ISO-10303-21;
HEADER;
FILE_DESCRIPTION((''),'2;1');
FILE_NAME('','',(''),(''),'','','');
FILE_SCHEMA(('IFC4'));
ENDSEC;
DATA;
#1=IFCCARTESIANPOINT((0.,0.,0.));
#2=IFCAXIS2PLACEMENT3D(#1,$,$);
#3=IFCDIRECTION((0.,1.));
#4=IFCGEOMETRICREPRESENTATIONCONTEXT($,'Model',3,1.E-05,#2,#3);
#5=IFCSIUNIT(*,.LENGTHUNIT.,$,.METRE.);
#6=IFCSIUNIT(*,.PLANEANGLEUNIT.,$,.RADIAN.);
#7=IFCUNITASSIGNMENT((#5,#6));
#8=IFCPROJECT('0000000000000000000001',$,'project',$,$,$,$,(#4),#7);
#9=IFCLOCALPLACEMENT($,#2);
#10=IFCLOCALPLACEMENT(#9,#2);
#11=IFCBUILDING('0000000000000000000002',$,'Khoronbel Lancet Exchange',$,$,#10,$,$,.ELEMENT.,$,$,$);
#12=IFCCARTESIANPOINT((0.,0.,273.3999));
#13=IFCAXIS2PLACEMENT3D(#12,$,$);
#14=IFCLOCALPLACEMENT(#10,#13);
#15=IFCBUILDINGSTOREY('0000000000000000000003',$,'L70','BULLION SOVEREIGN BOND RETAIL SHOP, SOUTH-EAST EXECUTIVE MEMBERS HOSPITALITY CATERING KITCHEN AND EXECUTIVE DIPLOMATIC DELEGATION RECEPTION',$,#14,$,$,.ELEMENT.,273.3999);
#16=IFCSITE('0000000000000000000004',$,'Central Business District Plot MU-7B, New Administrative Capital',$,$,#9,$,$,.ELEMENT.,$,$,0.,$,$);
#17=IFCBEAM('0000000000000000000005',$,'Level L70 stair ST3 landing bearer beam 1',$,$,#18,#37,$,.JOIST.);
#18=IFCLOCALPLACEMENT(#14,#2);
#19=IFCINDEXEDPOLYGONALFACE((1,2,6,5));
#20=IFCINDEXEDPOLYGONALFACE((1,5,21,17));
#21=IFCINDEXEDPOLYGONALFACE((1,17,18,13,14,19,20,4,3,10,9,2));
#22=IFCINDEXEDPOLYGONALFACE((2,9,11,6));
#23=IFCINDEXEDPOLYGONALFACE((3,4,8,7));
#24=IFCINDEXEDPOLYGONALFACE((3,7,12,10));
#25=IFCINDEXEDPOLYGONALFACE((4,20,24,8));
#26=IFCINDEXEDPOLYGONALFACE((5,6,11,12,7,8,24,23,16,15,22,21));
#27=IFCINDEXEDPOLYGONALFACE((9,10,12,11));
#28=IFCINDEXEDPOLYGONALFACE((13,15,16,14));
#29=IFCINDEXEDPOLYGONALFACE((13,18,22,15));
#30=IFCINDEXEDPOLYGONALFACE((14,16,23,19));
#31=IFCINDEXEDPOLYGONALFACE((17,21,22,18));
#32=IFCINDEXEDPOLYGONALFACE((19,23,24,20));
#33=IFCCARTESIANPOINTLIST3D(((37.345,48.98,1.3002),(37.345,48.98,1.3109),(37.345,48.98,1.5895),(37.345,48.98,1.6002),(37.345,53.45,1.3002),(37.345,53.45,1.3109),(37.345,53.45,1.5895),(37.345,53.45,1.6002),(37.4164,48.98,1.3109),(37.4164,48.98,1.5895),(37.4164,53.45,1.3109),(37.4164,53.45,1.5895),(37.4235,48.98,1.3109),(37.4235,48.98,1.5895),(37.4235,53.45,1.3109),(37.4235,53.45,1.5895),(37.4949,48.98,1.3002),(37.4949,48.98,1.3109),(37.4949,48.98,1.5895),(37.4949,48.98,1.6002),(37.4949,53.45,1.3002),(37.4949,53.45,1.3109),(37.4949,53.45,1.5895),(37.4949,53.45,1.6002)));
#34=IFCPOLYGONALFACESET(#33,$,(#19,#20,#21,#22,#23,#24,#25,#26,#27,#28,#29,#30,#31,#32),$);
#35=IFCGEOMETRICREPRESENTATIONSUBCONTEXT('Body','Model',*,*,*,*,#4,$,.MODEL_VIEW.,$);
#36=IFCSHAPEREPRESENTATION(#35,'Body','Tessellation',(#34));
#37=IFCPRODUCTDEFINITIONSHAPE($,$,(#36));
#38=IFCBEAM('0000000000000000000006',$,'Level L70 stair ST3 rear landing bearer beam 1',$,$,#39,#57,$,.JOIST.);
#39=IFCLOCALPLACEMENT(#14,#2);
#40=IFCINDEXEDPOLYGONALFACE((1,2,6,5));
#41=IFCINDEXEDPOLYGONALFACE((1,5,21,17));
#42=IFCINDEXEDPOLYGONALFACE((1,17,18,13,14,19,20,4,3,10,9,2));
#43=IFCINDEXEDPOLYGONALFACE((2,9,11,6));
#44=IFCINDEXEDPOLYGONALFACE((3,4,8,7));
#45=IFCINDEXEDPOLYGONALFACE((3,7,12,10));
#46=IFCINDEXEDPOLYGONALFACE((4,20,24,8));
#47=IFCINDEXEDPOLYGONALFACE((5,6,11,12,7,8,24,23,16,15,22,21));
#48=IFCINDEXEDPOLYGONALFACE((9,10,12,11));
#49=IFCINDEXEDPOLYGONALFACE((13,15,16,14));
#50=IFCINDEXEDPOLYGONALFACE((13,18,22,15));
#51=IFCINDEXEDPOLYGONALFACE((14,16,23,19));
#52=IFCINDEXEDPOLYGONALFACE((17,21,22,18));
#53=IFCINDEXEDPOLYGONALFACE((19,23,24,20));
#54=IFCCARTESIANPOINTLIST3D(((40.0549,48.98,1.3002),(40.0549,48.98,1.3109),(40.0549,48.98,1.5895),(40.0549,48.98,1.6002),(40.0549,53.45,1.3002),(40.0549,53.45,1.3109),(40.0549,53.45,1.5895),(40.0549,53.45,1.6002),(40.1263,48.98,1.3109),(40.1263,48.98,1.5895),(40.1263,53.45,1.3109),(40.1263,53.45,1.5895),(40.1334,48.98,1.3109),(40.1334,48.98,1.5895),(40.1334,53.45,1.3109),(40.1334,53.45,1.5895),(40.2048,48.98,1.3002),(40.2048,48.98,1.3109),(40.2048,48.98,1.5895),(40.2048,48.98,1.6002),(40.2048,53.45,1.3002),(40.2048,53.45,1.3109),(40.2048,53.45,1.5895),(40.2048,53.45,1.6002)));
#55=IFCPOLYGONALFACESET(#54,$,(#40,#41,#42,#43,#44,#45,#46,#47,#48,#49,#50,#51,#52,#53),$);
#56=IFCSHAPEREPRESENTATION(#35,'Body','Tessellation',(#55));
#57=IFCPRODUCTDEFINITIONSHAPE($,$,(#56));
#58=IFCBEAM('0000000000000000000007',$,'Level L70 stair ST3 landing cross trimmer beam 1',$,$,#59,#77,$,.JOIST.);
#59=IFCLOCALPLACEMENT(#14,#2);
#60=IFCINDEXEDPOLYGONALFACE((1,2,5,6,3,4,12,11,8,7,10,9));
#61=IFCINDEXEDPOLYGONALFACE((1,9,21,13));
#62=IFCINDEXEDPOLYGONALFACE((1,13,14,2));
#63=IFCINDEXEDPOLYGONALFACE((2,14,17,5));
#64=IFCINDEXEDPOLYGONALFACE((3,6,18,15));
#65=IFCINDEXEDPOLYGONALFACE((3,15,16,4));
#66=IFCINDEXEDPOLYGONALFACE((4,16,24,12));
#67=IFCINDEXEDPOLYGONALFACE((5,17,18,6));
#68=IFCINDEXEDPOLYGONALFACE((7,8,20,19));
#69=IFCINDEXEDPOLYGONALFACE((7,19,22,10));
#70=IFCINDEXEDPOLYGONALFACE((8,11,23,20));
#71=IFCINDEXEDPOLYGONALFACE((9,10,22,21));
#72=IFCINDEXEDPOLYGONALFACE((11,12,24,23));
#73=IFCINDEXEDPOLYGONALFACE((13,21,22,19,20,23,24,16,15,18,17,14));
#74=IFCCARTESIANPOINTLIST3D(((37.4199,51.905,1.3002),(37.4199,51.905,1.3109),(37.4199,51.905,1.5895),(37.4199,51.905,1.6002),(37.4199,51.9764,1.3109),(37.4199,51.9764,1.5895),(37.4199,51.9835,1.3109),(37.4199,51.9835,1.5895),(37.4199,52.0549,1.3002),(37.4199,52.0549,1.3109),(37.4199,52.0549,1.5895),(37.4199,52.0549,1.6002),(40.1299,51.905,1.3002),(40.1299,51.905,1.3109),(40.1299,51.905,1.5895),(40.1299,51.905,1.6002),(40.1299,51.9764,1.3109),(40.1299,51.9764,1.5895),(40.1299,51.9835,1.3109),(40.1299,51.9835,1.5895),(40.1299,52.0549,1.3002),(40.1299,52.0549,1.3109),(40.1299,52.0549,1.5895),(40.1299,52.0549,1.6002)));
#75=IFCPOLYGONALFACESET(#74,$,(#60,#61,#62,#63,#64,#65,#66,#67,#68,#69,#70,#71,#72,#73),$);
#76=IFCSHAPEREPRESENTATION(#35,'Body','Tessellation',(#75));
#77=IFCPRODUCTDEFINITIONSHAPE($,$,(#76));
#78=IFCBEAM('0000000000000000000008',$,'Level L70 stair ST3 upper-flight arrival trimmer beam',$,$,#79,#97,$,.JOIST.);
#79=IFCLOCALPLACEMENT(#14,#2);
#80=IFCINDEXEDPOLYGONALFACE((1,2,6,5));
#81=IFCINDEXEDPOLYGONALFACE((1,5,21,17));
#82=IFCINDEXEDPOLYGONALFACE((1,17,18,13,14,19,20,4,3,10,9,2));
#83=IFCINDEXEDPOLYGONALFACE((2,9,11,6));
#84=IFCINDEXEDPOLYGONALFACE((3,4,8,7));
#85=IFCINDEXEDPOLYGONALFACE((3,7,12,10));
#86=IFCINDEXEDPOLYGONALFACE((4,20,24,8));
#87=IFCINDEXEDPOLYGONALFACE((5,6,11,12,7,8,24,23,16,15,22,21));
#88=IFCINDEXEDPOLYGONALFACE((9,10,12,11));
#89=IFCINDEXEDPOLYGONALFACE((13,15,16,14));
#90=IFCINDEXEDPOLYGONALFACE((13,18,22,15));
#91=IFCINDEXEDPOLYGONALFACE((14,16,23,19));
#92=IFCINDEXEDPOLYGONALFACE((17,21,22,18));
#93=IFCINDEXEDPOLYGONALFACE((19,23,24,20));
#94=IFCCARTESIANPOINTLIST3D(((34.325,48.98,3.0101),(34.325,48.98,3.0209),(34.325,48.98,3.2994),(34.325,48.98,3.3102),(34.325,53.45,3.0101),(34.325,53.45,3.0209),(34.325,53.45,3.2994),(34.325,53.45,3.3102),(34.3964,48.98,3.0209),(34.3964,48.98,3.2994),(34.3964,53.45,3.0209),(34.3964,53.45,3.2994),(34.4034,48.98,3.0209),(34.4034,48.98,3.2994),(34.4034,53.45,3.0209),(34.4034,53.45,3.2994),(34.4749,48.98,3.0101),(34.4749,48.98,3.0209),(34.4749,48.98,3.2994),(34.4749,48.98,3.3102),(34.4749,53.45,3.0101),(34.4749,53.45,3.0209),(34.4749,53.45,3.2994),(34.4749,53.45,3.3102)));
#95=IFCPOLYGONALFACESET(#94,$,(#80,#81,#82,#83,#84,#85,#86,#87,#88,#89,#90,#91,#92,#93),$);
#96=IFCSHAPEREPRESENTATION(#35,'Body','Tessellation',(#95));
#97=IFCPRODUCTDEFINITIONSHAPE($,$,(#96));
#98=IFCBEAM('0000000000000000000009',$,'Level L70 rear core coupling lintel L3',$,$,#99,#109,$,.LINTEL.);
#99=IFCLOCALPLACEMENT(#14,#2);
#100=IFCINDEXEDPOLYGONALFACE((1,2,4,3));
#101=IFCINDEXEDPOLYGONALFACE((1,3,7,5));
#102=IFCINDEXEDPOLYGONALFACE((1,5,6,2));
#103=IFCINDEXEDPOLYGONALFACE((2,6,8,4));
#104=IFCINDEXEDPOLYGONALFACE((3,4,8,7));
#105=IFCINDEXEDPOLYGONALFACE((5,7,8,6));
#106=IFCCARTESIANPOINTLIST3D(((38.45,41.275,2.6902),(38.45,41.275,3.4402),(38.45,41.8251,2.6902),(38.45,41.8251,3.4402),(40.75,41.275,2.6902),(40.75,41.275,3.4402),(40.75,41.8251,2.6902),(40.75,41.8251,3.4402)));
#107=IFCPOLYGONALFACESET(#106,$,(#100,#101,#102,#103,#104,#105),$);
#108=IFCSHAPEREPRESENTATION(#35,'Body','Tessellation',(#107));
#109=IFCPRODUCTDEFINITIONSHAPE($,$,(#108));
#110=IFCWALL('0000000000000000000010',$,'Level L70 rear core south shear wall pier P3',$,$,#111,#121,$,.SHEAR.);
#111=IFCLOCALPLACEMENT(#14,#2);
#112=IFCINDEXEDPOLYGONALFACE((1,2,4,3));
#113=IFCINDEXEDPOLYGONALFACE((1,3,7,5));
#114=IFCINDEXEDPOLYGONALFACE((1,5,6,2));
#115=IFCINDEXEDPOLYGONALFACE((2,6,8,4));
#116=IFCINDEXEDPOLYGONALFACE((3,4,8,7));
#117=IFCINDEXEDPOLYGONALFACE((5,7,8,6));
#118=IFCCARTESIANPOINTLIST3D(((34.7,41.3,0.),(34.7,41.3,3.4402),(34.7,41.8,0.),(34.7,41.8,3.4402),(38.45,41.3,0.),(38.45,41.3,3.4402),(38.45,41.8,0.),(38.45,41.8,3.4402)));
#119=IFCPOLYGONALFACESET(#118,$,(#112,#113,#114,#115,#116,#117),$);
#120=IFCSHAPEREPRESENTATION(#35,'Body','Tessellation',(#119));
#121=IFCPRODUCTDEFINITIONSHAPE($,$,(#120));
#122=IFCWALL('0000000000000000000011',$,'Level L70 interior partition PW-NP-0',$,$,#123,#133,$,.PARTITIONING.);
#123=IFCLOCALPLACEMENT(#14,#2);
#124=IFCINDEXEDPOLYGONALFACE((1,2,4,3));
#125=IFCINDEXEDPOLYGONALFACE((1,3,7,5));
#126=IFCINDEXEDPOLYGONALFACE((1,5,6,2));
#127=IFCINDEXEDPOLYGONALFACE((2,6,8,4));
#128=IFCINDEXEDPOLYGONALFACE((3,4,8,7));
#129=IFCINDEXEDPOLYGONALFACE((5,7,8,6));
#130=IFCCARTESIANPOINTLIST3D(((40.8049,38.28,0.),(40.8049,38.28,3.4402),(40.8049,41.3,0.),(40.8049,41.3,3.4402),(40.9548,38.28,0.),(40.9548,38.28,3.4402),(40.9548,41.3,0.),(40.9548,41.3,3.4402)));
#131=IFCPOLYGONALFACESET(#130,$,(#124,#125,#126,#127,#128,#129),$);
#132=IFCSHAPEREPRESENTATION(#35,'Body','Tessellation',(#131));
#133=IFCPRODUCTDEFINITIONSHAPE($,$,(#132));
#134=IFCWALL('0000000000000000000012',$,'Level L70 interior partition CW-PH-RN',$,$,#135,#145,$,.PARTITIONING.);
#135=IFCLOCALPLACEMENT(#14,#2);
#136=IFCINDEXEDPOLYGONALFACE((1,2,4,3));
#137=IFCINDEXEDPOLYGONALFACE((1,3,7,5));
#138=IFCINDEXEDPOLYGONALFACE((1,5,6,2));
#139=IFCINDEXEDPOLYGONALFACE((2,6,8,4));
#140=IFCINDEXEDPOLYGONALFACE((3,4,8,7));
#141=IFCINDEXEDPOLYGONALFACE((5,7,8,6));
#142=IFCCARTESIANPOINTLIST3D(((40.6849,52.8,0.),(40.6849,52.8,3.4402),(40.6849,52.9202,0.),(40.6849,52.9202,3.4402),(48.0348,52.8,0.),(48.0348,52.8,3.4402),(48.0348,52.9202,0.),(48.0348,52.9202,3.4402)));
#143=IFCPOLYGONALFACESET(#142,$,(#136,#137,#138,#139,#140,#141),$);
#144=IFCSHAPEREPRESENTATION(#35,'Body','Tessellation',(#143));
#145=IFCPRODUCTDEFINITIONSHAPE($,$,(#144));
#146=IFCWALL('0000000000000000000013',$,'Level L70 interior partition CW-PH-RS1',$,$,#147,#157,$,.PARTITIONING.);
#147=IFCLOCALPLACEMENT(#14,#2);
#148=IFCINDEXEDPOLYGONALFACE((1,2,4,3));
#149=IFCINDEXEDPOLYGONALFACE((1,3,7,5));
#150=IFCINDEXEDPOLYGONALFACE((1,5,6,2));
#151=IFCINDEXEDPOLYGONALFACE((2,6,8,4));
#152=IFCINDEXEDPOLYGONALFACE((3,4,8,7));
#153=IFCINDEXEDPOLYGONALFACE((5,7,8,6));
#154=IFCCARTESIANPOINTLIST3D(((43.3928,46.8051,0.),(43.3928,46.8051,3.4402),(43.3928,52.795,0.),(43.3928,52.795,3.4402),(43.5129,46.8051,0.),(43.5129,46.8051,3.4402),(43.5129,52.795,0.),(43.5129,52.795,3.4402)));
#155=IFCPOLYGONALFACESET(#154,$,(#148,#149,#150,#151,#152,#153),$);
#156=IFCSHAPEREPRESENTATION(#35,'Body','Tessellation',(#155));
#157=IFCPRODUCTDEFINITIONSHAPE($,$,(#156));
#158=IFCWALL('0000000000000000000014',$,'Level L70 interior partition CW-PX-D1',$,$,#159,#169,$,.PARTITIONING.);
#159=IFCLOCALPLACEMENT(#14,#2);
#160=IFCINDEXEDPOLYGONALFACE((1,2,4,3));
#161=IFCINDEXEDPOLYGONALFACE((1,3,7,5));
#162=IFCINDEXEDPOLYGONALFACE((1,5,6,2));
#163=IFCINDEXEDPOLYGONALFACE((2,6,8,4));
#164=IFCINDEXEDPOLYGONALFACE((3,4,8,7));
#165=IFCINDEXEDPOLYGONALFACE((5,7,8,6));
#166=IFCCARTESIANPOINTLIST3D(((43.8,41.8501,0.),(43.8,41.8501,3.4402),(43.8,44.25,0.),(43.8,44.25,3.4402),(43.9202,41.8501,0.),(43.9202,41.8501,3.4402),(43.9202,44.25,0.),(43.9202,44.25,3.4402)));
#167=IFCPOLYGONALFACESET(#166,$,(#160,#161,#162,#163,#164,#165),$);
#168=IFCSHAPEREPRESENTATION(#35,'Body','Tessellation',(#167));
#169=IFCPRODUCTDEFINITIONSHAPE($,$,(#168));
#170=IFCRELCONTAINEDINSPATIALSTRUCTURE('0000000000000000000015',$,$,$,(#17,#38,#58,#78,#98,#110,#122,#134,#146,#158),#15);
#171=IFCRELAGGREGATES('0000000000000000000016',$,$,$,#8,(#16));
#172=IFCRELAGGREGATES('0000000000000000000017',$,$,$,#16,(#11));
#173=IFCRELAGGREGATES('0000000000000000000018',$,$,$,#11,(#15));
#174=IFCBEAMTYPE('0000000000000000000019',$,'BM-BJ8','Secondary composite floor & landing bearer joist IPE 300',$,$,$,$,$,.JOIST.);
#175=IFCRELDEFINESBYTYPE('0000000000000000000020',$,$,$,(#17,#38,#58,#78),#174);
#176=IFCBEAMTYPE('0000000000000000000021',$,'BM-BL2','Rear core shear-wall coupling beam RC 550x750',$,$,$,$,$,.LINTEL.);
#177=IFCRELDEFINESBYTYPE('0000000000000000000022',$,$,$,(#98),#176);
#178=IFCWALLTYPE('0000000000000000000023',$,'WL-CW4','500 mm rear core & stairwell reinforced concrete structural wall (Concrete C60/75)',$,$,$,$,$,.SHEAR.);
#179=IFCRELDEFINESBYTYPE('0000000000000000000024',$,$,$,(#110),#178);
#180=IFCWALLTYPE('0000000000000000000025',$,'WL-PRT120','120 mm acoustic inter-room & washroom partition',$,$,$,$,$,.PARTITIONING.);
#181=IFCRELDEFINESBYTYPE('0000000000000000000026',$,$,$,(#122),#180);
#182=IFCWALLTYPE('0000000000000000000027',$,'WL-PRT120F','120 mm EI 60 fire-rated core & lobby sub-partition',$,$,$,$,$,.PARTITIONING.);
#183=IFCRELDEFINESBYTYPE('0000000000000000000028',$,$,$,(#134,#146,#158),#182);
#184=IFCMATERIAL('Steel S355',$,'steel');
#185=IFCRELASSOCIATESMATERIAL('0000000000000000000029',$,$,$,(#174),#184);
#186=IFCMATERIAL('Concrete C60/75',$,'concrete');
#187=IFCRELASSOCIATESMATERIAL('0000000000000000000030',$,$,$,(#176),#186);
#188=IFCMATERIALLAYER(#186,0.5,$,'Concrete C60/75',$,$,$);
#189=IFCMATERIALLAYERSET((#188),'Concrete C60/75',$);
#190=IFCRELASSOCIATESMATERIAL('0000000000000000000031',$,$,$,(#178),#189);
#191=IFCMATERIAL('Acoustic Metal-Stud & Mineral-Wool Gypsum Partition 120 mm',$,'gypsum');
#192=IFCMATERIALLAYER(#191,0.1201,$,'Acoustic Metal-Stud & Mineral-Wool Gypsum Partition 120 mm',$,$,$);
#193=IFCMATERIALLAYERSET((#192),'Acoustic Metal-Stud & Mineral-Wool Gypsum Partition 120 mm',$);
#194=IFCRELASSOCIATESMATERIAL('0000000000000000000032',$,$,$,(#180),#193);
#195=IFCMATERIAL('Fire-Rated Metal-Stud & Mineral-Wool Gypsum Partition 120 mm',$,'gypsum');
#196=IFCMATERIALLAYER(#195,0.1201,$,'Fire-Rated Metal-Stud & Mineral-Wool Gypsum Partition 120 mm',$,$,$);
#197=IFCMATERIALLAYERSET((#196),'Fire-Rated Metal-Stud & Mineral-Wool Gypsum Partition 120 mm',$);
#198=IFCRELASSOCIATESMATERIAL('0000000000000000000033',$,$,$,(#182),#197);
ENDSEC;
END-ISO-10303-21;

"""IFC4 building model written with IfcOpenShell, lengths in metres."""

from ifc_helpers import new_model, si_unit, direction, frame, frame_2d, origin, origin_2d, place, context, subcontext, project, spatial, rectangle, i_section, extrude, material, layer, layer_set, material_profile, profile_set, type_object, element, save


model = new_model("IFC4")

# Units and contexts
model_context = context("Model", 3, precision=1e-05, world=origin(), true_north=direction((0.0, 1.0)))
body_context = subcontext(model_context, "Body", "Model", "MODEL_VIEW")
ifc_project = project(units=[si_unit("LENGTHUNIT", "METRE"), si_unit("PLANEANGLEUNIT", "RADIAN")], contexts=[model_context])

# Site, building, storey
site_placement = place(None, origin())
site = spatial("IfcSite", under=ifc_project, at=site_placement, Name="Central Business District Plot MU-7B, New Administrative Capital", CompositionType="ELEMENT", RefElevation=0.0)
building_placement = place(site_placement, origin())
building = spatial("IfcBuilding", under=site, at=building_placement, Name="Khoronbel Lancet Exchange", CompositionType="ELEMENT")
storey_placement = place(building_placement, frame((0.0, 0.0, 273.3999)))
storey = spatial("IfcBuildingStorey", under=building, at=storey_placement, Name="L70", Description="BULLION SOVEREIGN BOND RETAIL SHOP, SOUTH-EAST EXECUTIVE MEMBERS HOSPITALITY CATERING KITCHEN AND EXECUTIVE DIPLOMATIC DELEGATION RECEPTION", CompositionType="ELEMENT", Elevation=273.3999)

# Beams
ifc_material_1 = material(Name="Steel S355", Category="steel")
ifc_material_profile_1 = material_profile(ifc_material_1, i_section(OverallWidth=0.1499, OverallDepth=0.3, WebThickness=0.0071, FlangeThickness=0.0107, at=origin_2d()), Name="IPE 300")
ifc_profile_set_1 = profile_set([ifc_material_profile_1], Name="Steel S355")
beam_type_1 = type_object("IfcBeamType", Name="BM-BJ8", Description="Secondary composite floor & landing bearer joist IPE 300", PredefinedType="JOIST", material=ifc_profile_set_1)
for number, where, z_axis, x_axis, name in (
    (1, (37.4199, 48.98, 1.4502), (0.0, 1.0, 0.0), (-1.0, 0.0, 0.0), "Level L70 stair ST3 landing bearer beam 1"),
    (2, (40.1299, 48.98, 1.4502), (0.0, 1.0, 0.0), (-1.0, 0.0, 0.0), "Level L70 stair ST3 rear landing bearer beam 1"),
):
    element("IfcBeam", number, at=place(storey_placement, frame(where, z_axis=z_axis, x_axis=x_axis)), inside=storey, type_object=beam_type_1, Name=name, PredefinedType="JOIST", context=body_context, shape_type="SweptSolid", body=[
        extrude(i_section(OverallWidth=0.1499, OverallDepth=0.3, WebThickness=0.0071, FlangeThickness=0.0107, at=origin_2d()), origin(), (0.0, 0.0, 1.0), 4.47),
    ])
beam_1_placement = place(storey_placement, frame((37.4199, 51.98, 1.4502), z_axis=(1.0, 0.0, 0.0), x_axis=(0.0, 1.0, 0.0)))
element("IfcBeam", 3, at=beam_1_placement, inside=storey, type_object=beam_type_1, Name="Level L70 stair ST3 landing cross trimmer beam 1", PredefinedType="JOIST", context=body_context, shape_type="SweptSolid", body=[
    extrude(i_section(OverallWidth=0.1499, OverallDepth=0.3, WebThickness=0.0071, FlangeThickness=0.0107, at=origin_2d()), origin(), (0.0, 0.0, 1.0), 2.71),
])
beam_2_placement = place(storey_placement, frame((34.3999, 48.98, 3.1602), z_axis=(0.0, 1.0, 0.0), x_axis=(-1.0, 0.0, 0.0)))
element("IfcBeam", 4, at=beam_2_placement, inside=storey, type_object=beam_type_1, Name="Level L70 stair ST3 upper-flight arrival trimmer beam", PredefinedType="JOIST", context=body_context, shape_type="SweptSolid", body=[
    extrude(i_section(OverallWidth=0.1499, OverallDepth=0.3, WebThickness=0.0071, FlangeThickness=0.0107, at=origin_2d()), origin(), (0.0, 0.0, 1.0), 4.47),
])
ifc_material_2 = material(Name="Concrete C60/75", Category="concrete")
ifc_material_profile_2 = material_profile(ifc_material_2, rectangle(XDim=0.55, YDim=0.75, at=origin_2d()), Name="RC 550x750")
ifc_profile_set_2 = profile_set([ifc_material_profile_2], Name="Concrete C60/75")
beam_type_2 = type_object("IfcBeamType", Name="BM-BL2", Description="Rear core shear-wall coupling beam RC 550x750", PredefinedType="LINTEL", material=ifc_profile_set_2)
beam_3_placement = place(storey_placement, frame((38.45, 41.55, 3.0652), z_axis=(1.0, 0.0, 0.0), x_axis=(0.0, 1.0, 0.0)))
element("IfcBeam", 5, at=beam_3_placement, inside=storey, type_object=beam_type_2, Name="Level L70 rear core coupling lintel L3", PredefinedType="LINTEL", context=body_context, shape_type="SweptSolid", body=[
    extrude(rectangle(XDim=0.55, YDim=0.75, at=origin_2d()), origin(), (0.0, 0.0, 1.0), 2.3),
])

# Walls
ifc_layer_1 = layer(ifc_material_2, 0.5, Name="Concrete C60/75")
ifc_layer_set_1 = layer_set([ifc_layer_1], Name="Concrete C60/75")
wall_type_1 = type_object("IfcWallType", Name="WL-CW4", Description="500 mm rear core & stairwell reinforced concrete structural wall (Concrete C60/75)", PredefinedType="SHEAR", material=ifc_layer_set_1)
wall_1_placement = place(storey_placement, frame((38.45, 41.55, 0.0), z_axis=(0.0, 0.0, 1.0), x_axis=(-1.0, 0.0, 0.0)))
element("IfcWall", 6, at=wall_1_placement, inside=storey, type_object=wall_type_1, Name="Level L70 rear core south shear wall pier P3", PredefinedType="SHEAR", context=body_context, shape_type="SweptSolid", body=[
    extrude(rectangle(XDim=3.75, YDim=0.5, at=frame_2d((1.875, 0.0))), origin(), (0.0, 0.0, 1.0), 3.4402),
])
ifc_material_3 = material(Name="Acoustic Metal-Stud & Mineral-Wool Gypsum Partition 120 mm", Category="gypsum")
ifc_layer_2 = layer(ifc_material_3, 0.1201, Name="Acoustic Metal-Stud & Mineral-Wool Gypsum Partition 120 mm")
ifc_layer_set_2 = layer_set([ifc_layer_2], Name="Acoustic Metal-Stud & Mineral-Wool Gypsum Partition 120 mm")
wall_type_2 = type_object("IfcWallType", Name="WL-PRT120", Description="120 mm acoustic inter-room & washroom partition", PredefinedType="PARTITIONING", material=ifc_layer_set_2)
wall_2_placement = place(storey_placement, frame((40.8799, 38.28, 0.0), z_axis=(0.0, 0.0, 1.0), x_axis=(0.0, 1.0, 0.0)))
element("IfcWall", 7, at=wall_2_placement, inside=storey, type_object=wall_type_2, Name="Level L70 interior partition PW-NP-0", PredefinedType="PARTITIONING", context=body_context, shape_type="SweptSolid", body=[
    extrude(rectangle(XDim=3.02, YDim=0.1499, at=frame_2d((1.51, 0.0))), origin(), (0.0, 0.0, 1.0), 3.4402),
])
ifc_material_4 = material(Name="Fire-Rated Metal-Stud & Mineral-Wool Gypsum Partition 120 mm", Category="gypsum")
ifc_layer_3 = layer(ifc_material_4, 0.1201, Name="Fire-Rated Metal-Stud & Mineral-Wool Gypsum Partition 120 mm")
ifc_layer_set_3 = layer_set([ifc_layer_3], Name="Fire-Rated Metal-Stud & Mineral-Wool Gypsum Partition 120 mm")
wall_type_3 = type_object("IfcWallType", Name="WL-PRT120F", Description="120 mm EI 60 fire-rated core & lobby sub-partition", PredefinedType="PARTITIONING", material=ifc_layer_set_3)
wall_3_placement = place(storey_placement, frame((40.6851, 52.8601, 0.0), z_axis=(0.0, 0.0, 1.0), x_axis=(1.0, 0.0, 0.0)))
element("IfcWall", 8, at=wall_3_placement, inside=storey, type_object=wall_type_3, Name="Level L70 interior partition CW-PH-RN", PredefinedType="PARTITIONING", context=body_context, shape_type="SweptSolid", body=[
    extrude(rectangle(XDim=7.3499, YDim=0.1201, at=frame_2d((3.6748, 0.0))), origin(), (0.0, 0.0, 1.0), 3.4402),
])
wall_4_placement = place(storey_placement, frame((43.4529, 46.8049, 0.0), z_axis=(0.0, 0.0, 1.0), x_axis=(0.0, 1.0, 0.0)))
element("IfcWall", 9, at=wall_4_placement, inside=storey, type_object=wall_type_3, Name="Level L70 interior partition CW-PH-RS1", PredefinedType="PARTITIONING", context=body_context, shape_type="SweptSolid", body=[
    extrude(rectangle(XDim=5.99, YDim=0.1201, at=frame_2d((2.9951, 0.0))), origin(), (0.0, 0.0, 1.0), 3.4402),
])
wall_5_placement = place(storey_placement, frame((43.8601, 41.8501, 0.0), z_axis=(0.0, 0.0, 1.0), x_axis=(0.0, 1.0, 0.0)))
element("IfcWall", 10, at=wall_5_placement, inside=storey, type_object=wall_type_3, Name="Level L70 interior partition CW-PX-D1", PredefinedType="PARTITIONING", context=body_context, shape_type="SweptSolid", body=[
    extrude(rectangle(XDim=2.3999, YDim=0.1201, at=frame_2d((1.2, 0.0))), origin(), (0.0, 0.0, 1.0), 3.4402),
])

save(model, "model.ifc")
